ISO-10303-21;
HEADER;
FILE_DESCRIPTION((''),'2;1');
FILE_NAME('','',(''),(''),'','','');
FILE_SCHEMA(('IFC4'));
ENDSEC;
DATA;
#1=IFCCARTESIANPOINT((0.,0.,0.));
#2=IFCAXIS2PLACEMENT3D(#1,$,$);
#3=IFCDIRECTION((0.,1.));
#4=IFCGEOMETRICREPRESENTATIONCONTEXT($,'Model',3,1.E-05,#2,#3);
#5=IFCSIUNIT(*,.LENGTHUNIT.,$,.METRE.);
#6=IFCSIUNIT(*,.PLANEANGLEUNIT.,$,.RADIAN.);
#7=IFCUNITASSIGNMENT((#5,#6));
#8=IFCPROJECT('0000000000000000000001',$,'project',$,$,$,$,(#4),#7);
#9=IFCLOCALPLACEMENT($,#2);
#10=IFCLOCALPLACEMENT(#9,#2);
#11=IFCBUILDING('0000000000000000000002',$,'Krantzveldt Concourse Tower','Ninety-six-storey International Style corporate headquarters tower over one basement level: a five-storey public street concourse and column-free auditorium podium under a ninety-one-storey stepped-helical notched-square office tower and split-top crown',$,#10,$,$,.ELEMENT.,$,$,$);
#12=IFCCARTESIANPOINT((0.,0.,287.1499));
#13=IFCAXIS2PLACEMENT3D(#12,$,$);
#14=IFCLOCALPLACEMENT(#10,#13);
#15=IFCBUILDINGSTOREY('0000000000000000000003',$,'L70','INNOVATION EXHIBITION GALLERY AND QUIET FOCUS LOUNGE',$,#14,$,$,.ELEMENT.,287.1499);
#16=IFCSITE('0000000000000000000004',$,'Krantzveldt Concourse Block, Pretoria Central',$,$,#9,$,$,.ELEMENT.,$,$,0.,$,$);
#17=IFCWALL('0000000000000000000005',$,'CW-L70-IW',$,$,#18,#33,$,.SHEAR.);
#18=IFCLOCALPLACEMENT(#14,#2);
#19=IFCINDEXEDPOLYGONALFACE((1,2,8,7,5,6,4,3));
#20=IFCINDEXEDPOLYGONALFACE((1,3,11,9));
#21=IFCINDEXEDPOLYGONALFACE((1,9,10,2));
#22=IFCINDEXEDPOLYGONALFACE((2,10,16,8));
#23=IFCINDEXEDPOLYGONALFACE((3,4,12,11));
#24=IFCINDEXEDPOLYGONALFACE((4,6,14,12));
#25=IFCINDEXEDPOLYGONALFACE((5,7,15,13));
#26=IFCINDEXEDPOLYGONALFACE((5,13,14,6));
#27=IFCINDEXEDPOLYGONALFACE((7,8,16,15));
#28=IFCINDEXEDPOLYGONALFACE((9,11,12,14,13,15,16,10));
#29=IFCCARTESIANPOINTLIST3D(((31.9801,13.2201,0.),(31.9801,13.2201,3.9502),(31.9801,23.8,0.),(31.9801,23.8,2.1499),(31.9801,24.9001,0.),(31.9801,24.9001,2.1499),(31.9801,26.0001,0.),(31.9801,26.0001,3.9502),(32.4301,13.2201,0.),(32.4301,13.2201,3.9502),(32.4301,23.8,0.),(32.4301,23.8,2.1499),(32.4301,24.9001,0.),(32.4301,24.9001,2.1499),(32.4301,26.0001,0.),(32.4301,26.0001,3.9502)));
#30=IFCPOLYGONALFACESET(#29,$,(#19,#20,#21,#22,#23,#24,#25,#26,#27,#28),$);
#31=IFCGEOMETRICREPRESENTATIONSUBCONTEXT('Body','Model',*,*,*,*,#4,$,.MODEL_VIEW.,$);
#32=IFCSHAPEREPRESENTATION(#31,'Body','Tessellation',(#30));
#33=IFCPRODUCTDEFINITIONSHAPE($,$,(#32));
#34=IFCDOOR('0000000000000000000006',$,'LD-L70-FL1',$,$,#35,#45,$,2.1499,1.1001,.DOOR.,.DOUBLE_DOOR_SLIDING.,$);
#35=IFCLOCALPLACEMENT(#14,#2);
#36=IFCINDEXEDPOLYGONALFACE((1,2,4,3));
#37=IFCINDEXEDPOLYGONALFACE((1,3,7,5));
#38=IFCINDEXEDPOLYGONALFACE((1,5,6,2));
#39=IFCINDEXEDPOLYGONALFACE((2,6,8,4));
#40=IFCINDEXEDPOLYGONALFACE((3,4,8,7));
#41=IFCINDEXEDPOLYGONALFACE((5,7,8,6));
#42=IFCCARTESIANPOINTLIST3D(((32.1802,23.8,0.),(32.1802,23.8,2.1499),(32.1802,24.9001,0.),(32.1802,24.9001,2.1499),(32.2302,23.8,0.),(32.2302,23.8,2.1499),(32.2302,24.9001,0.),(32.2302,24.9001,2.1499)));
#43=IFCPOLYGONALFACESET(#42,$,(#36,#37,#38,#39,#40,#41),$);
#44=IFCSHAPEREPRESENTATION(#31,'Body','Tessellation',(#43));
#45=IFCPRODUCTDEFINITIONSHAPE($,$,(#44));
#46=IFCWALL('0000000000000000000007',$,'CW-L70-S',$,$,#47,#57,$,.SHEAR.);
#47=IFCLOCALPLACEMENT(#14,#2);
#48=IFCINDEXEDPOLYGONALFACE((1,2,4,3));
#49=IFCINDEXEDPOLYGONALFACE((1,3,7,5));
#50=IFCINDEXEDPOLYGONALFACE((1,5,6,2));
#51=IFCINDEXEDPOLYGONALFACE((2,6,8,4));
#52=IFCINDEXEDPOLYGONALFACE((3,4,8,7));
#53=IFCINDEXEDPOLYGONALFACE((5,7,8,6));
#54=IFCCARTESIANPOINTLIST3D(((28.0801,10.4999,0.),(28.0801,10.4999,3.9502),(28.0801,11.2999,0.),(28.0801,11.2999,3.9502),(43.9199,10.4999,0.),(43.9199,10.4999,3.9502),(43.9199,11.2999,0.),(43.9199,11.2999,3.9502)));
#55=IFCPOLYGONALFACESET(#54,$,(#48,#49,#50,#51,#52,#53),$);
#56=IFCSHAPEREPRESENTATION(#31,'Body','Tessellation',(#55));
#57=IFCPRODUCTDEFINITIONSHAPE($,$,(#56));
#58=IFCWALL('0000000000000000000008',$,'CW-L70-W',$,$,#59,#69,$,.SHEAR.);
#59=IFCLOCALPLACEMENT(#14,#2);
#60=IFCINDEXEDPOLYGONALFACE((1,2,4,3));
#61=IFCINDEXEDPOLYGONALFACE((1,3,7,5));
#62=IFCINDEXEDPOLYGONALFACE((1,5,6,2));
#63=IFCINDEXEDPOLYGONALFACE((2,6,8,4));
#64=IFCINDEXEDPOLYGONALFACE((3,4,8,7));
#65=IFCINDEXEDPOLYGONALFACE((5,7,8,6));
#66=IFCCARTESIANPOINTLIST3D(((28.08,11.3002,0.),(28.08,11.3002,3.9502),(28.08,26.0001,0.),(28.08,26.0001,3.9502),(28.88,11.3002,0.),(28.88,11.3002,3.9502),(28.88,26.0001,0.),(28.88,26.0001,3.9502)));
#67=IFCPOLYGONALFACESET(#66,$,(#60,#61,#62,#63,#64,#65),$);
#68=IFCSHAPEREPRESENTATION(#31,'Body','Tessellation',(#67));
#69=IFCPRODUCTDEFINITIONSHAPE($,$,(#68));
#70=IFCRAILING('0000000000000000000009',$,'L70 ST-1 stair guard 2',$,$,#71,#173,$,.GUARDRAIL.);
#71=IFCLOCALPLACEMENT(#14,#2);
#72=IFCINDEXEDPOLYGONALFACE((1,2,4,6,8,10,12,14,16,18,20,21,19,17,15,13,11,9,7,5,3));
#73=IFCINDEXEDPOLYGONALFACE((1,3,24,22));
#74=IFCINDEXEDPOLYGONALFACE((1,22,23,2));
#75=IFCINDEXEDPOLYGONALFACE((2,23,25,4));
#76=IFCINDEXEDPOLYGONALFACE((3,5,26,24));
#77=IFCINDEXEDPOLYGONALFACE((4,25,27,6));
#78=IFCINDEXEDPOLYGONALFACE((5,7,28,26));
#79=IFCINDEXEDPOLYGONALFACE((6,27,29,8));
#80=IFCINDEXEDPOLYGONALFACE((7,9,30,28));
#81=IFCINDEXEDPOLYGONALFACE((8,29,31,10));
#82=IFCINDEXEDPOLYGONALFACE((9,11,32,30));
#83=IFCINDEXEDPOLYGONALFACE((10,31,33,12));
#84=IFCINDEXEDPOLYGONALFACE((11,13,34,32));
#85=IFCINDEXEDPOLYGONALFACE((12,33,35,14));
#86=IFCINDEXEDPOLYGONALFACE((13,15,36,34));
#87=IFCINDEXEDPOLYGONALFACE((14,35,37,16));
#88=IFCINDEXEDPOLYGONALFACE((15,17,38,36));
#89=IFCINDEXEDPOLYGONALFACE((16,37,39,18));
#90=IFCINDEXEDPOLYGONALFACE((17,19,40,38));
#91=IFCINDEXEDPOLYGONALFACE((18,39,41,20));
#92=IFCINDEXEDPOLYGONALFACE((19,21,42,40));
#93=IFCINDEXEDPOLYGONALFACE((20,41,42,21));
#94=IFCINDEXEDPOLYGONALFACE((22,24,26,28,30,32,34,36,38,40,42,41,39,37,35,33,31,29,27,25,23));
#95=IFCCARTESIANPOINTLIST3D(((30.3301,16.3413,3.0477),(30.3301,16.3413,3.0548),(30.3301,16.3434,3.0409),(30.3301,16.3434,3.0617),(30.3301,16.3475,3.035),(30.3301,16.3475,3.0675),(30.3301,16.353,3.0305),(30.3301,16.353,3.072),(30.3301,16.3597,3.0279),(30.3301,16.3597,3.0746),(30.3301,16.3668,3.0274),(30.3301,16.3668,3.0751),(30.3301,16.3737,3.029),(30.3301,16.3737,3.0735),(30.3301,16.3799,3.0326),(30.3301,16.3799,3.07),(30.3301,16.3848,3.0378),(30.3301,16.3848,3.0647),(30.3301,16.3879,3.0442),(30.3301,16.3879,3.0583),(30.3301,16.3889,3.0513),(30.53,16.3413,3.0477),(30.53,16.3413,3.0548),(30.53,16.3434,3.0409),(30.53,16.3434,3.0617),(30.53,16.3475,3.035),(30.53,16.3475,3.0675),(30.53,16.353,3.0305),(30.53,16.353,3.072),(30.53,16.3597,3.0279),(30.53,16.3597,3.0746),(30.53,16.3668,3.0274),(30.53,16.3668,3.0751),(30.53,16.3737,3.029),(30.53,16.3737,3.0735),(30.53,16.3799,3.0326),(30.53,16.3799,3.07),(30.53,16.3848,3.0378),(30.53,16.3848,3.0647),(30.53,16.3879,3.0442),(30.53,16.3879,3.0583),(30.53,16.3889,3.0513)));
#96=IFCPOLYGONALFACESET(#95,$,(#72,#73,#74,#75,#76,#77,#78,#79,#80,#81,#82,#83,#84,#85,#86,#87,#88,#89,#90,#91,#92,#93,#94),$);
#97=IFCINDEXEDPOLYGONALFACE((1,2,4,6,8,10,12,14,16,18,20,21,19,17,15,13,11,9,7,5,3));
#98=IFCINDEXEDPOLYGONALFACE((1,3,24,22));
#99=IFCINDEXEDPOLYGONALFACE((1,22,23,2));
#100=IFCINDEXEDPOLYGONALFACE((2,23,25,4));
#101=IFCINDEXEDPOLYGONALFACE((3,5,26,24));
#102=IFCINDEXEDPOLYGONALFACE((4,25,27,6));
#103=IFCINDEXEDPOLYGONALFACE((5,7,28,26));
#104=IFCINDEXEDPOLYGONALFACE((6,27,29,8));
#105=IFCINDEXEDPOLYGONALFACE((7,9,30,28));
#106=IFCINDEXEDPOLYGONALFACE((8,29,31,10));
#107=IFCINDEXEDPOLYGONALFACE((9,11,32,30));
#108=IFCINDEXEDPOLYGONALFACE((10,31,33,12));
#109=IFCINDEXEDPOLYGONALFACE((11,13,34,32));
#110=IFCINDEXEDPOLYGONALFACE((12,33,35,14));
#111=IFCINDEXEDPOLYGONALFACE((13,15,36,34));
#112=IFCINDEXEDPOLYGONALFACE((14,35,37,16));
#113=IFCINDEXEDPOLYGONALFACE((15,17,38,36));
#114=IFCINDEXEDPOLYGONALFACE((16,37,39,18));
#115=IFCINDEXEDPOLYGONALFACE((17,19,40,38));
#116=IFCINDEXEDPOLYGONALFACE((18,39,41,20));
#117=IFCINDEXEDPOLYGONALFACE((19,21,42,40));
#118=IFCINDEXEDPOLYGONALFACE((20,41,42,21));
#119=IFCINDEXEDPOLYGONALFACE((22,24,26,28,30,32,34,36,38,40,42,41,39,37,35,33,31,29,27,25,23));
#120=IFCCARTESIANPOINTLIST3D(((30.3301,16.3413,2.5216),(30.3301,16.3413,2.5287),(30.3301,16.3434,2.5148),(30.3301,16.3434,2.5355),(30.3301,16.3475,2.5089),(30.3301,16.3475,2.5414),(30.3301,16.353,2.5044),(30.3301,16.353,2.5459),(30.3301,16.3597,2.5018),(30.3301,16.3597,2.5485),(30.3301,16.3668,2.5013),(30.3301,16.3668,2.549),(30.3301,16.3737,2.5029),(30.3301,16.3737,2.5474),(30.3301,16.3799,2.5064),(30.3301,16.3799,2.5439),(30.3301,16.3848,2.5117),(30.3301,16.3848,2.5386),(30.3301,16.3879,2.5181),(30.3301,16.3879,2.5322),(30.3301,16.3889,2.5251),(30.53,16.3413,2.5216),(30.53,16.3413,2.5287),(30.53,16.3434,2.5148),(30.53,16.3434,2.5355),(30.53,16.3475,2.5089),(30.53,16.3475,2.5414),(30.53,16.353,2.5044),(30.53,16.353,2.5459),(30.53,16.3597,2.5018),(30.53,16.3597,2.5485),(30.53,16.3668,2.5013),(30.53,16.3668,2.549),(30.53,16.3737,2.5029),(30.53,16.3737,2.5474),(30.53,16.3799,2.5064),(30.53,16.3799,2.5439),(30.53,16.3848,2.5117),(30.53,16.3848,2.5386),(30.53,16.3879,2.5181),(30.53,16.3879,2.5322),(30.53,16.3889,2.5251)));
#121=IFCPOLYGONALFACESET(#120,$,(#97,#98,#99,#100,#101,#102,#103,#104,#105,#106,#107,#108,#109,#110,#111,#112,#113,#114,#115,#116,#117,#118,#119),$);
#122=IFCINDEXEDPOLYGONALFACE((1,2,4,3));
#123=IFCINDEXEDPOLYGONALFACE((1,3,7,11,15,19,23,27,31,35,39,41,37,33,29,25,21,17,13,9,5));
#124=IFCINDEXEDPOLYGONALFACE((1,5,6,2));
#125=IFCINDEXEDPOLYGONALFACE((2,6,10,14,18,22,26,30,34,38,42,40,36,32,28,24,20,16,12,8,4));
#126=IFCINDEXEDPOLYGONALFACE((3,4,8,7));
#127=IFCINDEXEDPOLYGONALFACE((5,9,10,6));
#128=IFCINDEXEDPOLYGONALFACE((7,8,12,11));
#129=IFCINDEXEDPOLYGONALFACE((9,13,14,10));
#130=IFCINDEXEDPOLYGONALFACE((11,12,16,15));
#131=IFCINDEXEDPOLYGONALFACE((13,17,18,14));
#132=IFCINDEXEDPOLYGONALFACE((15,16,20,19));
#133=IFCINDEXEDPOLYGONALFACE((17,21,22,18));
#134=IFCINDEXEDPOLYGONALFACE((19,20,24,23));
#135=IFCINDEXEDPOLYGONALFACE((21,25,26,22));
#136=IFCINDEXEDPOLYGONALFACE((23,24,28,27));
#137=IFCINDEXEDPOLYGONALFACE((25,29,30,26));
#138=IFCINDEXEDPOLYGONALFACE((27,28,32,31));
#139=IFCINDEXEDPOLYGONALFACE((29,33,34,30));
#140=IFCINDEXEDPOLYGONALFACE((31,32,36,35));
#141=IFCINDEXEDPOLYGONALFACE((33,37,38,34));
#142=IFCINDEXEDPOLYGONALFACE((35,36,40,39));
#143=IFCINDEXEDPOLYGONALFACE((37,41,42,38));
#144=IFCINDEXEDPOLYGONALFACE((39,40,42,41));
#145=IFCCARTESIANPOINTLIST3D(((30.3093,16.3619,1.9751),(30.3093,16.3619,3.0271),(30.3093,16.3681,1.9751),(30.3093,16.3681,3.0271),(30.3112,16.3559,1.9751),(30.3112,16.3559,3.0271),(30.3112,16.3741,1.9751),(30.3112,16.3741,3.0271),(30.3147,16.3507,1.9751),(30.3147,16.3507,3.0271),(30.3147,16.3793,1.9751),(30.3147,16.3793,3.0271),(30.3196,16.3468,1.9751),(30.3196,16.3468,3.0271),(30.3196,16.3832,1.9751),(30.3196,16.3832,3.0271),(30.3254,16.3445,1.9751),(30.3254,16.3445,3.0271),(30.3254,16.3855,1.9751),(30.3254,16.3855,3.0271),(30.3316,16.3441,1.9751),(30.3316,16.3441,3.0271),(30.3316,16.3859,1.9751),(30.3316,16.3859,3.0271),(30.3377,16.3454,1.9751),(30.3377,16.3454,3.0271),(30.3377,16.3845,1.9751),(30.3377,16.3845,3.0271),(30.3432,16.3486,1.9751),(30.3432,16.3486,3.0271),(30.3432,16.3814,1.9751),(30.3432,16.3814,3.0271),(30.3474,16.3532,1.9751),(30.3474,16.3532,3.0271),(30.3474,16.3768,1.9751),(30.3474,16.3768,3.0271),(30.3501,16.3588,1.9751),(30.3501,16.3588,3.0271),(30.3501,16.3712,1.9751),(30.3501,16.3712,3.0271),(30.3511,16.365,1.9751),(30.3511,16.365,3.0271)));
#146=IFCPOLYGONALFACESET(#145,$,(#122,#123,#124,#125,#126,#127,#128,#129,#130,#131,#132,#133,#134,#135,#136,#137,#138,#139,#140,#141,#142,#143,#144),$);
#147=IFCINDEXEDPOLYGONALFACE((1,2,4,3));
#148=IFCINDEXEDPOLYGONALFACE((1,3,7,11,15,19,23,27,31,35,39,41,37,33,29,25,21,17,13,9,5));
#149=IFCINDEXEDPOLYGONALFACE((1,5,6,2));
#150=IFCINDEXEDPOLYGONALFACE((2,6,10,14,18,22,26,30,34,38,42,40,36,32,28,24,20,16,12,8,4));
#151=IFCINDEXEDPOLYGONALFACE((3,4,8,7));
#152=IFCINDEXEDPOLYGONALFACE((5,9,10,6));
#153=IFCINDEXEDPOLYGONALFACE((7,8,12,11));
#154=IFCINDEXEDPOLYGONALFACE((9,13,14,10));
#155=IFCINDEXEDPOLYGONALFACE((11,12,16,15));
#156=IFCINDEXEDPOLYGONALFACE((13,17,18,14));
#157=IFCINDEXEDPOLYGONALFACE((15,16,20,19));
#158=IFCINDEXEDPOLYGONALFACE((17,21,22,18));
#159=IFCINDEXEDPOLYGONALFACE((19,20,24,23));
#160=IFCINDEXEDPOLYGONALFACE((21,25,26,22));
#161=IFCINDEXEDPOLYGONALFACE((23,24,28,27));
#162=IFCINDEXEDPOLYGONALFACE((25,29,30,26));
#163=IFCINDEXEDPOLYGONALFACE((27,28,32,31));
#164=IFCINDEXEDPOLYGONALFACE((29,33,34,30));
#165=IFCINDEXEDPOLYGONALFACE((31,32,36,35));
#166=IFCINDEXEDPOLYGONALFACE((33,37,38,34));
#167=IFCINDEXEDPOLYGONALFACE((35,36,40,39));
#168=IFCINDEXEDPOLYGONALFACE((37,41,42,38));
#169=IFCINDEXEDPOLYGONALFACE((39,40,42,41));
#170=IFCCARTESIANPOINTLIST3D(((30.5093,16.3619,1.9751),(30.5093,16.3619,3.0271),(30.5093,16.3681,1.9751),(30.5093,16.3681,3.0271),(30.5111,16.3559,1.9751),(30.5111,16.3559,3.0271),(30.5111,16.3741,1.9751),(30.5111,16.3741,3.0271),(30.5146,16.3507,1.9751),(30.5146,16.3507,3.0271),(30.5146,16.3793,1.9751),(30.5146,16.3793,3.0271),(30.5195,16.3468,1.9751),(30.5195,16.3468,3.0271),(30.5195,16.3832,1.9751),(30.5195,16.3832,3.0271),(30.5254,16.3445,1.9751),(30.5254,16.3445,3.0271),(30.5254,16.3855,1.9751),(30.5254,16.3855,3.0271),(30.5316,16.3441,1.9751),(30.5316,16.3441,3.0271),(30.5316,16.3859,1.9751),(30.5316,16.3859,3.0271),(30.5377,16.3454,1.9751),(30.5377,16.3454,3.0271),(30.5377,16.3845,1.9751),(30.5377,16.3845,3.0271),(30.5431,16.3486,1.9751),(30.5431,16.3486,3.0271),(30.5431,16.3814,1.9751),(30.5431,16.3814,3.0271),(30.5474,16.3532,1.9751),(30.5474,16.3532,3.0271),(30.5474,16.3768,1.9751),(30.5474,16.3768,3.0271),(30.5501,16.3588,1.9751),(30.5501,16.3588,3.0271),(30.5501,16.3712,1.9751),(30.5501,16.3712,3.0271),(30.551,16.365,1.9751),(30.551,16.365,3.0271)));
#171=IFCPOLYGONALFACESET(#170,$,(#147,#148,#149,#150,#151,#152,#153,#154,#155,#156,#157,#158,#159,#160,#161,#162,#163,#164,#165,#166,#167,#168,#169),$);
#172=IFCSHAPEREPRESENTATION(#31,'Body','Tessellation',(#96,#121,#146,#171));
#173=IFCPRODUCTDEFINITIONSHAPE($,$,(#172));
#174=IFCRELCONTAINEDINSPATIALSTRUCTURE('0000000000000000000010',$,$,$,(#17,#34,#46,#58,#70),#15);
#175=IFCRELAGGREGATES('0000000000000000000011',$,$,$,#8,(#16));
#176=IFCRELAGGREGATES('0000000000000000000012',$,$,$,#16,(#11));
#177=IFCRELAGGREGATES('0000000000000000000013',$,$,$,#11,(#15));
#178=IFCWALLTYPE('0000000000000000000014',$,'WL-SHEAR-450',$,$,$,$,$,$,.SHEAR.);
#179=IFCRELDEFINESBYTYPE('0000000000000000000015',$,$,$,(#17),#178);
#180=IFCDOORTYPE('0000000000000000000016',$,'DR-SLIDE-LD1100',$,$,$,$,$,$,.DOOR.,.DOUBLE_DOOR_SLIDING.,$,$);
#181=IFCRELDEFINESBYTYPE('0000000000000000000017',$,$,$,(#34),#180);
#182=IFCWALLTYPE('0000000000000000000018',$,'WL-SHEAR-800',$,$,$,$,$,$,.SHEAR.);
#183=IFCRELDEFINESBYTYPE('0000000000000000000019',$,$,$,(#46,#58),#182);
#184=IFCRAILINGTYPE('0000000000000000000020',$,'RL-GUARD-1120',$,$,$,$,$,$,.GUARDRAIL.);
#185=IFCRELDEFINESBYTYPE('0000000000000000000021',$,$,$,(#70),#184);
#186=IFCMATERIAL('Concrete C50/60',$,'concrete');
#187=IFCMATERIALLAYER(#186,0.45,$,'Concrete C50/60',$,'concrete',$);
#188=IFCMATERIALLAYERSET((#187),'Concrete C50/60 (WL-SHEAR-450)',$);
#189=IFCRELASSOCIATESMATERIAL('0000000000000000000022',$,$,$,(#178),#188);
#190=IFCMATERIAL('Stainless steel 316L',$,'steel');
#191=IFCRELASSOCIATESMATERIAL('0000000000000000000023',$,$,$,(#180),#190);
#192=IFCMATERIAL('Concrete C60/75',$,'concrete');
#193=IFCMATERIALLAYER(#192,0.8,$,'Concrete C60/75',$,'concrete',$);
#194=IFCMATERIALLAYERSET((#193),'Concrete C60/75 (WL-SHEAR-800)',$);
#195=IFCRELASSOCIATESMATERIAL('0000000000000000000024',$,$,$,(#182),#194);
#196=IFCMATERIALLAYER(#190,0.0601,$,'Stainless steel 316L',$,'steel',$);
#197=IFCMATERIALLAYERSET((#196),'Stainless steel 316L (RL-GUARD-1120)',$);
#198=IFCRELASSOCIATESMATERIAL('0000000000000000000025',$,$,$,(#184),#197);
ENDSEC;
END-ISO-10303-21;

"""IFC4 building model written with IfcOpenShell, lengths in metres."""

from ifc_helpers import new_model, si_unit, direction, frame, frame_2d, origin, origin_2d, place, context, subcontext, project, spatial, rectangle, circle, extrude, material, layer, layer_set, type_object, element, fill, save


model = new_model("IFC4")

# Units and contexts
model_context = context("Model", 3, precision=1e-05, world=origin(), true_north=direction((0.0, 1.0)))
body_context = subcontext(model_context, "Body", "Model", "MODEL_VIEW")
ifc_project = project(units=[si_unit("LENGTHUNIT", "METRE"), si_unit("PLANEANGLEUNIT", "RADIAN")], contexts=[model_context])

# Site, building, storey
site_placement = place(None, origin())
site = spatial("IfcSite", under=ifc_project, at=site_placement, Name="Krantzveldt Concourse Block, Pretoria Central", CompositionType="ELEMENT", RefElevation=0.0)
building_placement = place(site_placement, origin())
building = spatial("IfcBuilding", under=site, at=building_placement, Name="Krantzveldt Concourse Tower", Description="Ninety-six-storey International Style corporate headquarters tower over one basement level: a five-storey public street concourse and column-free auditorium podium under a ninety-one-storey stepped-helical notched-square office tower and split-top crown", CompositionType="ELEMENT")
storey_placement = place(building_placement, frame((0.0, 0.0, 287.1499)))
storey = spatial("IfcBuildingStorey", under=building, at=storey_placement, Name="L70", Description="INNOVATION EXHIBITION GALLERY AND QUIET FOCUS LOUNGE", CompositionType="ELEMENT", Elevation=287.1499)

# Shared definitions
ifc_material_1 = material(Name="Concrete C50/60", Category="concrete")

# Wall, opening, door
ifc_layer_1 = layer(ifc_material_1, 0.45, Name="Concrete C50/60", Category="concrete")
ifc_layer_set_1 = layer_set([ifc_layer_1], Name="Concrete C50/60 (WL-SHEAR-450)")
wall_type_1 = type_object("IfcWallType", Name="WL-SHEAR-450", PredefinedType="SHEAR", material=ifc_layer_set_1)
wall_1_placement = place(storey_placement, frame((32.2051, 13.22, 0.0), z_axis=(0.0, 0.0, 1.0), x_axis=(0.0, 1.0, 0.0)))
wall_1 = element("IfcWall", 1, at=wall_1_placement, inside=storey, type_object=wall_type_1, Name="CW-L70-IW", PredefinedType="SHEAR", context=body_context, shape_type="SweptSolid", body=[
    extrude(rectangle(XDim=12.78, YDim=0.45, at=frame_2d((6.3901, 0.0))), origin(), (0.0, 0.0, 1.0), 3.9502),
])
opening_1_placement = place(wall_1_placement, frame((10.5801, 0.0, 0.0)))
opening_1 = element("IfcOpeningElement", 2, at=opening_1_placement, cuts=wall_1, PredefinedType="OPENING", context=body_context, shape_type="SweptSolid", body=[
    extrude(rectangle(XDim=1.1001, YDim=2.1499, at=frame_2d((0.55, 1.075))), frame((0.0, 0.2349, 0.0), z_axis=(0.0, -1.0, 0.0), x_axis=(1.0, 0.0, 0.0)), (0.0, 0.0, 1.0), 0.47),
])
ifc_material_2 = material(Name="Stainless steel 316L", Category="steel")
door_type_1 = type_object("IfcDoorType", Name="DR-SLIDE-LD1100", OperationType="DOUBLE_DOOR_SLIDING", PredefinedType="DOOR", material=ifc_material_2)
door_1_placement = place(opening_1_placement, origin())
door_1 = element("IfcDoor", 3, at=door_1_placement, inside=storey, type_object=door_type_1, Name="LD-L70-FL1", OperationType="DOUBLE_DOOR_SLIDING", OverallHeight=2.1499, OverallWidth=1.1001, PredefinedType="DOOR", context=body_context, shape_type="SweptSolid", body=[
    extrude(rectangle(XDim=1.1001, YDim=2.1499, at=frame_2d((0.55, 1.075))), frame((0.0, 0.0249, 0.0), z_axis=(0.0, -1.0, 0.0), x_axis=(1.0, 0.0, 0.0)), (0.0, 0.0, 1.0), 0.05),
])
fill(opening_1, door_1)

# Walls
ifc_material_3 = material(Name="Concrete C60/75", Category="concrete")
ifc_layer_2 = layer(ifc_material_3, 0.8, Name="Concrete C60/75", Category="concrete")
ifc_layer_set_2 = layer_set([ifc_layer_2], Name="Concrete C60/75 (WL-SHEAR-800)")
wall_type_2 = type_object("IfcWallType", Name="WL-SHEAR-800", PredefinedType="SHEAR", material=ifc_layer_set_2)
wall_2_placement = place(storey_placement, frame((28.0801, 10.8999, 0.0), z_axis=(0.0, 0.0, 1.0), x_axis=(1.0, 0.0, 0.0)))
element("IfcWall", 4, at=wall_2_placement, inside=storey, type_object=wall_type_2, Name="CW-L70-S", PredefinedType="SHEAR", context=body_context, shape_type="SweptSolid", body=[
    extrude(rectangle(XDim=15.8398, YDim=0.8, at=frame_2d((7.9199, 0.0))), origin(), (0.0, 0.0, 1.0), 3.9502),
])
wall_3_placement = place(storey_placement, frame((28.48, 11.3, 0.0), z_axis=(0.0, 0.0, 1.0), x_axis=(0.0, 1.0, 0.0)))
element("IfcWall", 5, at=wall_3_placement, inside=storey, type_object=wall_type_2, Name="CW-L70-W", PredefinedType="SHEAR", context=body_context, shape_type="SweptSolid", body=[
    extrude(rectangle(XDim=14.7, YDim=0.8, at=frame_2d((7.3501, 0.0))), origin(), (0.0, 0.0, 1.0), 3.9502),
])

# Railing
ifc_layer_3 = layer(ifc_material_2, 0.0601, Name="Stainless steel 316L", Category="steel")
ifc_layer_set_3 = layer_set([ifc_layer_3], Name="Stainless steel 316L (RL-GUARD-1120)")
railing_type = type_object("IfcRailingType", Name="RL-GUARD-1120", PredefinedType="GUARDRAIL", material=ifc_layer_set_3)
railing_placement = place(storey_placement, frame((30.3301, 16.365, 1.9751)))
element("IfcRailing", 6, at=railing_placement, inside=storey, type_object=railing_type, Name="L70 ST-1 stair guard 2", PredefinedType="GUARDRAIL", context=body_context, shape_type="SweptSolid", body=[
    extrude(circle(Radius=0.0239, at=origin_2d()), frame((0.0, 0.0, 1.0762), z_axis=(1.0, 0.0, 0.0), x_axis=(0.0, 1.0, 0.0)), (0.0, 0.0, 1.0), 0.2),
    extrude(circle(Radius=0.0239, at=origin_2d()), frame((0.0, 0.0, 0.55), z_axis=(1.0, 0.0, 0.0), x_axis=(0.0, 1.0, 0.0)), (0.0, 0.0, 1.0), 0.2),
    extrude(circle(Radius=0.021, at=origin_2d()), origin(), (0.0, 0.0, 1.0), 1.052),
    extrude(circle(Radius=0.021, at=origin_2d()), frame((0.2, 0.0, 0.0)), (0.0, 0.0, 1.0), 1.052),
])

save(model, "model.ifc")
